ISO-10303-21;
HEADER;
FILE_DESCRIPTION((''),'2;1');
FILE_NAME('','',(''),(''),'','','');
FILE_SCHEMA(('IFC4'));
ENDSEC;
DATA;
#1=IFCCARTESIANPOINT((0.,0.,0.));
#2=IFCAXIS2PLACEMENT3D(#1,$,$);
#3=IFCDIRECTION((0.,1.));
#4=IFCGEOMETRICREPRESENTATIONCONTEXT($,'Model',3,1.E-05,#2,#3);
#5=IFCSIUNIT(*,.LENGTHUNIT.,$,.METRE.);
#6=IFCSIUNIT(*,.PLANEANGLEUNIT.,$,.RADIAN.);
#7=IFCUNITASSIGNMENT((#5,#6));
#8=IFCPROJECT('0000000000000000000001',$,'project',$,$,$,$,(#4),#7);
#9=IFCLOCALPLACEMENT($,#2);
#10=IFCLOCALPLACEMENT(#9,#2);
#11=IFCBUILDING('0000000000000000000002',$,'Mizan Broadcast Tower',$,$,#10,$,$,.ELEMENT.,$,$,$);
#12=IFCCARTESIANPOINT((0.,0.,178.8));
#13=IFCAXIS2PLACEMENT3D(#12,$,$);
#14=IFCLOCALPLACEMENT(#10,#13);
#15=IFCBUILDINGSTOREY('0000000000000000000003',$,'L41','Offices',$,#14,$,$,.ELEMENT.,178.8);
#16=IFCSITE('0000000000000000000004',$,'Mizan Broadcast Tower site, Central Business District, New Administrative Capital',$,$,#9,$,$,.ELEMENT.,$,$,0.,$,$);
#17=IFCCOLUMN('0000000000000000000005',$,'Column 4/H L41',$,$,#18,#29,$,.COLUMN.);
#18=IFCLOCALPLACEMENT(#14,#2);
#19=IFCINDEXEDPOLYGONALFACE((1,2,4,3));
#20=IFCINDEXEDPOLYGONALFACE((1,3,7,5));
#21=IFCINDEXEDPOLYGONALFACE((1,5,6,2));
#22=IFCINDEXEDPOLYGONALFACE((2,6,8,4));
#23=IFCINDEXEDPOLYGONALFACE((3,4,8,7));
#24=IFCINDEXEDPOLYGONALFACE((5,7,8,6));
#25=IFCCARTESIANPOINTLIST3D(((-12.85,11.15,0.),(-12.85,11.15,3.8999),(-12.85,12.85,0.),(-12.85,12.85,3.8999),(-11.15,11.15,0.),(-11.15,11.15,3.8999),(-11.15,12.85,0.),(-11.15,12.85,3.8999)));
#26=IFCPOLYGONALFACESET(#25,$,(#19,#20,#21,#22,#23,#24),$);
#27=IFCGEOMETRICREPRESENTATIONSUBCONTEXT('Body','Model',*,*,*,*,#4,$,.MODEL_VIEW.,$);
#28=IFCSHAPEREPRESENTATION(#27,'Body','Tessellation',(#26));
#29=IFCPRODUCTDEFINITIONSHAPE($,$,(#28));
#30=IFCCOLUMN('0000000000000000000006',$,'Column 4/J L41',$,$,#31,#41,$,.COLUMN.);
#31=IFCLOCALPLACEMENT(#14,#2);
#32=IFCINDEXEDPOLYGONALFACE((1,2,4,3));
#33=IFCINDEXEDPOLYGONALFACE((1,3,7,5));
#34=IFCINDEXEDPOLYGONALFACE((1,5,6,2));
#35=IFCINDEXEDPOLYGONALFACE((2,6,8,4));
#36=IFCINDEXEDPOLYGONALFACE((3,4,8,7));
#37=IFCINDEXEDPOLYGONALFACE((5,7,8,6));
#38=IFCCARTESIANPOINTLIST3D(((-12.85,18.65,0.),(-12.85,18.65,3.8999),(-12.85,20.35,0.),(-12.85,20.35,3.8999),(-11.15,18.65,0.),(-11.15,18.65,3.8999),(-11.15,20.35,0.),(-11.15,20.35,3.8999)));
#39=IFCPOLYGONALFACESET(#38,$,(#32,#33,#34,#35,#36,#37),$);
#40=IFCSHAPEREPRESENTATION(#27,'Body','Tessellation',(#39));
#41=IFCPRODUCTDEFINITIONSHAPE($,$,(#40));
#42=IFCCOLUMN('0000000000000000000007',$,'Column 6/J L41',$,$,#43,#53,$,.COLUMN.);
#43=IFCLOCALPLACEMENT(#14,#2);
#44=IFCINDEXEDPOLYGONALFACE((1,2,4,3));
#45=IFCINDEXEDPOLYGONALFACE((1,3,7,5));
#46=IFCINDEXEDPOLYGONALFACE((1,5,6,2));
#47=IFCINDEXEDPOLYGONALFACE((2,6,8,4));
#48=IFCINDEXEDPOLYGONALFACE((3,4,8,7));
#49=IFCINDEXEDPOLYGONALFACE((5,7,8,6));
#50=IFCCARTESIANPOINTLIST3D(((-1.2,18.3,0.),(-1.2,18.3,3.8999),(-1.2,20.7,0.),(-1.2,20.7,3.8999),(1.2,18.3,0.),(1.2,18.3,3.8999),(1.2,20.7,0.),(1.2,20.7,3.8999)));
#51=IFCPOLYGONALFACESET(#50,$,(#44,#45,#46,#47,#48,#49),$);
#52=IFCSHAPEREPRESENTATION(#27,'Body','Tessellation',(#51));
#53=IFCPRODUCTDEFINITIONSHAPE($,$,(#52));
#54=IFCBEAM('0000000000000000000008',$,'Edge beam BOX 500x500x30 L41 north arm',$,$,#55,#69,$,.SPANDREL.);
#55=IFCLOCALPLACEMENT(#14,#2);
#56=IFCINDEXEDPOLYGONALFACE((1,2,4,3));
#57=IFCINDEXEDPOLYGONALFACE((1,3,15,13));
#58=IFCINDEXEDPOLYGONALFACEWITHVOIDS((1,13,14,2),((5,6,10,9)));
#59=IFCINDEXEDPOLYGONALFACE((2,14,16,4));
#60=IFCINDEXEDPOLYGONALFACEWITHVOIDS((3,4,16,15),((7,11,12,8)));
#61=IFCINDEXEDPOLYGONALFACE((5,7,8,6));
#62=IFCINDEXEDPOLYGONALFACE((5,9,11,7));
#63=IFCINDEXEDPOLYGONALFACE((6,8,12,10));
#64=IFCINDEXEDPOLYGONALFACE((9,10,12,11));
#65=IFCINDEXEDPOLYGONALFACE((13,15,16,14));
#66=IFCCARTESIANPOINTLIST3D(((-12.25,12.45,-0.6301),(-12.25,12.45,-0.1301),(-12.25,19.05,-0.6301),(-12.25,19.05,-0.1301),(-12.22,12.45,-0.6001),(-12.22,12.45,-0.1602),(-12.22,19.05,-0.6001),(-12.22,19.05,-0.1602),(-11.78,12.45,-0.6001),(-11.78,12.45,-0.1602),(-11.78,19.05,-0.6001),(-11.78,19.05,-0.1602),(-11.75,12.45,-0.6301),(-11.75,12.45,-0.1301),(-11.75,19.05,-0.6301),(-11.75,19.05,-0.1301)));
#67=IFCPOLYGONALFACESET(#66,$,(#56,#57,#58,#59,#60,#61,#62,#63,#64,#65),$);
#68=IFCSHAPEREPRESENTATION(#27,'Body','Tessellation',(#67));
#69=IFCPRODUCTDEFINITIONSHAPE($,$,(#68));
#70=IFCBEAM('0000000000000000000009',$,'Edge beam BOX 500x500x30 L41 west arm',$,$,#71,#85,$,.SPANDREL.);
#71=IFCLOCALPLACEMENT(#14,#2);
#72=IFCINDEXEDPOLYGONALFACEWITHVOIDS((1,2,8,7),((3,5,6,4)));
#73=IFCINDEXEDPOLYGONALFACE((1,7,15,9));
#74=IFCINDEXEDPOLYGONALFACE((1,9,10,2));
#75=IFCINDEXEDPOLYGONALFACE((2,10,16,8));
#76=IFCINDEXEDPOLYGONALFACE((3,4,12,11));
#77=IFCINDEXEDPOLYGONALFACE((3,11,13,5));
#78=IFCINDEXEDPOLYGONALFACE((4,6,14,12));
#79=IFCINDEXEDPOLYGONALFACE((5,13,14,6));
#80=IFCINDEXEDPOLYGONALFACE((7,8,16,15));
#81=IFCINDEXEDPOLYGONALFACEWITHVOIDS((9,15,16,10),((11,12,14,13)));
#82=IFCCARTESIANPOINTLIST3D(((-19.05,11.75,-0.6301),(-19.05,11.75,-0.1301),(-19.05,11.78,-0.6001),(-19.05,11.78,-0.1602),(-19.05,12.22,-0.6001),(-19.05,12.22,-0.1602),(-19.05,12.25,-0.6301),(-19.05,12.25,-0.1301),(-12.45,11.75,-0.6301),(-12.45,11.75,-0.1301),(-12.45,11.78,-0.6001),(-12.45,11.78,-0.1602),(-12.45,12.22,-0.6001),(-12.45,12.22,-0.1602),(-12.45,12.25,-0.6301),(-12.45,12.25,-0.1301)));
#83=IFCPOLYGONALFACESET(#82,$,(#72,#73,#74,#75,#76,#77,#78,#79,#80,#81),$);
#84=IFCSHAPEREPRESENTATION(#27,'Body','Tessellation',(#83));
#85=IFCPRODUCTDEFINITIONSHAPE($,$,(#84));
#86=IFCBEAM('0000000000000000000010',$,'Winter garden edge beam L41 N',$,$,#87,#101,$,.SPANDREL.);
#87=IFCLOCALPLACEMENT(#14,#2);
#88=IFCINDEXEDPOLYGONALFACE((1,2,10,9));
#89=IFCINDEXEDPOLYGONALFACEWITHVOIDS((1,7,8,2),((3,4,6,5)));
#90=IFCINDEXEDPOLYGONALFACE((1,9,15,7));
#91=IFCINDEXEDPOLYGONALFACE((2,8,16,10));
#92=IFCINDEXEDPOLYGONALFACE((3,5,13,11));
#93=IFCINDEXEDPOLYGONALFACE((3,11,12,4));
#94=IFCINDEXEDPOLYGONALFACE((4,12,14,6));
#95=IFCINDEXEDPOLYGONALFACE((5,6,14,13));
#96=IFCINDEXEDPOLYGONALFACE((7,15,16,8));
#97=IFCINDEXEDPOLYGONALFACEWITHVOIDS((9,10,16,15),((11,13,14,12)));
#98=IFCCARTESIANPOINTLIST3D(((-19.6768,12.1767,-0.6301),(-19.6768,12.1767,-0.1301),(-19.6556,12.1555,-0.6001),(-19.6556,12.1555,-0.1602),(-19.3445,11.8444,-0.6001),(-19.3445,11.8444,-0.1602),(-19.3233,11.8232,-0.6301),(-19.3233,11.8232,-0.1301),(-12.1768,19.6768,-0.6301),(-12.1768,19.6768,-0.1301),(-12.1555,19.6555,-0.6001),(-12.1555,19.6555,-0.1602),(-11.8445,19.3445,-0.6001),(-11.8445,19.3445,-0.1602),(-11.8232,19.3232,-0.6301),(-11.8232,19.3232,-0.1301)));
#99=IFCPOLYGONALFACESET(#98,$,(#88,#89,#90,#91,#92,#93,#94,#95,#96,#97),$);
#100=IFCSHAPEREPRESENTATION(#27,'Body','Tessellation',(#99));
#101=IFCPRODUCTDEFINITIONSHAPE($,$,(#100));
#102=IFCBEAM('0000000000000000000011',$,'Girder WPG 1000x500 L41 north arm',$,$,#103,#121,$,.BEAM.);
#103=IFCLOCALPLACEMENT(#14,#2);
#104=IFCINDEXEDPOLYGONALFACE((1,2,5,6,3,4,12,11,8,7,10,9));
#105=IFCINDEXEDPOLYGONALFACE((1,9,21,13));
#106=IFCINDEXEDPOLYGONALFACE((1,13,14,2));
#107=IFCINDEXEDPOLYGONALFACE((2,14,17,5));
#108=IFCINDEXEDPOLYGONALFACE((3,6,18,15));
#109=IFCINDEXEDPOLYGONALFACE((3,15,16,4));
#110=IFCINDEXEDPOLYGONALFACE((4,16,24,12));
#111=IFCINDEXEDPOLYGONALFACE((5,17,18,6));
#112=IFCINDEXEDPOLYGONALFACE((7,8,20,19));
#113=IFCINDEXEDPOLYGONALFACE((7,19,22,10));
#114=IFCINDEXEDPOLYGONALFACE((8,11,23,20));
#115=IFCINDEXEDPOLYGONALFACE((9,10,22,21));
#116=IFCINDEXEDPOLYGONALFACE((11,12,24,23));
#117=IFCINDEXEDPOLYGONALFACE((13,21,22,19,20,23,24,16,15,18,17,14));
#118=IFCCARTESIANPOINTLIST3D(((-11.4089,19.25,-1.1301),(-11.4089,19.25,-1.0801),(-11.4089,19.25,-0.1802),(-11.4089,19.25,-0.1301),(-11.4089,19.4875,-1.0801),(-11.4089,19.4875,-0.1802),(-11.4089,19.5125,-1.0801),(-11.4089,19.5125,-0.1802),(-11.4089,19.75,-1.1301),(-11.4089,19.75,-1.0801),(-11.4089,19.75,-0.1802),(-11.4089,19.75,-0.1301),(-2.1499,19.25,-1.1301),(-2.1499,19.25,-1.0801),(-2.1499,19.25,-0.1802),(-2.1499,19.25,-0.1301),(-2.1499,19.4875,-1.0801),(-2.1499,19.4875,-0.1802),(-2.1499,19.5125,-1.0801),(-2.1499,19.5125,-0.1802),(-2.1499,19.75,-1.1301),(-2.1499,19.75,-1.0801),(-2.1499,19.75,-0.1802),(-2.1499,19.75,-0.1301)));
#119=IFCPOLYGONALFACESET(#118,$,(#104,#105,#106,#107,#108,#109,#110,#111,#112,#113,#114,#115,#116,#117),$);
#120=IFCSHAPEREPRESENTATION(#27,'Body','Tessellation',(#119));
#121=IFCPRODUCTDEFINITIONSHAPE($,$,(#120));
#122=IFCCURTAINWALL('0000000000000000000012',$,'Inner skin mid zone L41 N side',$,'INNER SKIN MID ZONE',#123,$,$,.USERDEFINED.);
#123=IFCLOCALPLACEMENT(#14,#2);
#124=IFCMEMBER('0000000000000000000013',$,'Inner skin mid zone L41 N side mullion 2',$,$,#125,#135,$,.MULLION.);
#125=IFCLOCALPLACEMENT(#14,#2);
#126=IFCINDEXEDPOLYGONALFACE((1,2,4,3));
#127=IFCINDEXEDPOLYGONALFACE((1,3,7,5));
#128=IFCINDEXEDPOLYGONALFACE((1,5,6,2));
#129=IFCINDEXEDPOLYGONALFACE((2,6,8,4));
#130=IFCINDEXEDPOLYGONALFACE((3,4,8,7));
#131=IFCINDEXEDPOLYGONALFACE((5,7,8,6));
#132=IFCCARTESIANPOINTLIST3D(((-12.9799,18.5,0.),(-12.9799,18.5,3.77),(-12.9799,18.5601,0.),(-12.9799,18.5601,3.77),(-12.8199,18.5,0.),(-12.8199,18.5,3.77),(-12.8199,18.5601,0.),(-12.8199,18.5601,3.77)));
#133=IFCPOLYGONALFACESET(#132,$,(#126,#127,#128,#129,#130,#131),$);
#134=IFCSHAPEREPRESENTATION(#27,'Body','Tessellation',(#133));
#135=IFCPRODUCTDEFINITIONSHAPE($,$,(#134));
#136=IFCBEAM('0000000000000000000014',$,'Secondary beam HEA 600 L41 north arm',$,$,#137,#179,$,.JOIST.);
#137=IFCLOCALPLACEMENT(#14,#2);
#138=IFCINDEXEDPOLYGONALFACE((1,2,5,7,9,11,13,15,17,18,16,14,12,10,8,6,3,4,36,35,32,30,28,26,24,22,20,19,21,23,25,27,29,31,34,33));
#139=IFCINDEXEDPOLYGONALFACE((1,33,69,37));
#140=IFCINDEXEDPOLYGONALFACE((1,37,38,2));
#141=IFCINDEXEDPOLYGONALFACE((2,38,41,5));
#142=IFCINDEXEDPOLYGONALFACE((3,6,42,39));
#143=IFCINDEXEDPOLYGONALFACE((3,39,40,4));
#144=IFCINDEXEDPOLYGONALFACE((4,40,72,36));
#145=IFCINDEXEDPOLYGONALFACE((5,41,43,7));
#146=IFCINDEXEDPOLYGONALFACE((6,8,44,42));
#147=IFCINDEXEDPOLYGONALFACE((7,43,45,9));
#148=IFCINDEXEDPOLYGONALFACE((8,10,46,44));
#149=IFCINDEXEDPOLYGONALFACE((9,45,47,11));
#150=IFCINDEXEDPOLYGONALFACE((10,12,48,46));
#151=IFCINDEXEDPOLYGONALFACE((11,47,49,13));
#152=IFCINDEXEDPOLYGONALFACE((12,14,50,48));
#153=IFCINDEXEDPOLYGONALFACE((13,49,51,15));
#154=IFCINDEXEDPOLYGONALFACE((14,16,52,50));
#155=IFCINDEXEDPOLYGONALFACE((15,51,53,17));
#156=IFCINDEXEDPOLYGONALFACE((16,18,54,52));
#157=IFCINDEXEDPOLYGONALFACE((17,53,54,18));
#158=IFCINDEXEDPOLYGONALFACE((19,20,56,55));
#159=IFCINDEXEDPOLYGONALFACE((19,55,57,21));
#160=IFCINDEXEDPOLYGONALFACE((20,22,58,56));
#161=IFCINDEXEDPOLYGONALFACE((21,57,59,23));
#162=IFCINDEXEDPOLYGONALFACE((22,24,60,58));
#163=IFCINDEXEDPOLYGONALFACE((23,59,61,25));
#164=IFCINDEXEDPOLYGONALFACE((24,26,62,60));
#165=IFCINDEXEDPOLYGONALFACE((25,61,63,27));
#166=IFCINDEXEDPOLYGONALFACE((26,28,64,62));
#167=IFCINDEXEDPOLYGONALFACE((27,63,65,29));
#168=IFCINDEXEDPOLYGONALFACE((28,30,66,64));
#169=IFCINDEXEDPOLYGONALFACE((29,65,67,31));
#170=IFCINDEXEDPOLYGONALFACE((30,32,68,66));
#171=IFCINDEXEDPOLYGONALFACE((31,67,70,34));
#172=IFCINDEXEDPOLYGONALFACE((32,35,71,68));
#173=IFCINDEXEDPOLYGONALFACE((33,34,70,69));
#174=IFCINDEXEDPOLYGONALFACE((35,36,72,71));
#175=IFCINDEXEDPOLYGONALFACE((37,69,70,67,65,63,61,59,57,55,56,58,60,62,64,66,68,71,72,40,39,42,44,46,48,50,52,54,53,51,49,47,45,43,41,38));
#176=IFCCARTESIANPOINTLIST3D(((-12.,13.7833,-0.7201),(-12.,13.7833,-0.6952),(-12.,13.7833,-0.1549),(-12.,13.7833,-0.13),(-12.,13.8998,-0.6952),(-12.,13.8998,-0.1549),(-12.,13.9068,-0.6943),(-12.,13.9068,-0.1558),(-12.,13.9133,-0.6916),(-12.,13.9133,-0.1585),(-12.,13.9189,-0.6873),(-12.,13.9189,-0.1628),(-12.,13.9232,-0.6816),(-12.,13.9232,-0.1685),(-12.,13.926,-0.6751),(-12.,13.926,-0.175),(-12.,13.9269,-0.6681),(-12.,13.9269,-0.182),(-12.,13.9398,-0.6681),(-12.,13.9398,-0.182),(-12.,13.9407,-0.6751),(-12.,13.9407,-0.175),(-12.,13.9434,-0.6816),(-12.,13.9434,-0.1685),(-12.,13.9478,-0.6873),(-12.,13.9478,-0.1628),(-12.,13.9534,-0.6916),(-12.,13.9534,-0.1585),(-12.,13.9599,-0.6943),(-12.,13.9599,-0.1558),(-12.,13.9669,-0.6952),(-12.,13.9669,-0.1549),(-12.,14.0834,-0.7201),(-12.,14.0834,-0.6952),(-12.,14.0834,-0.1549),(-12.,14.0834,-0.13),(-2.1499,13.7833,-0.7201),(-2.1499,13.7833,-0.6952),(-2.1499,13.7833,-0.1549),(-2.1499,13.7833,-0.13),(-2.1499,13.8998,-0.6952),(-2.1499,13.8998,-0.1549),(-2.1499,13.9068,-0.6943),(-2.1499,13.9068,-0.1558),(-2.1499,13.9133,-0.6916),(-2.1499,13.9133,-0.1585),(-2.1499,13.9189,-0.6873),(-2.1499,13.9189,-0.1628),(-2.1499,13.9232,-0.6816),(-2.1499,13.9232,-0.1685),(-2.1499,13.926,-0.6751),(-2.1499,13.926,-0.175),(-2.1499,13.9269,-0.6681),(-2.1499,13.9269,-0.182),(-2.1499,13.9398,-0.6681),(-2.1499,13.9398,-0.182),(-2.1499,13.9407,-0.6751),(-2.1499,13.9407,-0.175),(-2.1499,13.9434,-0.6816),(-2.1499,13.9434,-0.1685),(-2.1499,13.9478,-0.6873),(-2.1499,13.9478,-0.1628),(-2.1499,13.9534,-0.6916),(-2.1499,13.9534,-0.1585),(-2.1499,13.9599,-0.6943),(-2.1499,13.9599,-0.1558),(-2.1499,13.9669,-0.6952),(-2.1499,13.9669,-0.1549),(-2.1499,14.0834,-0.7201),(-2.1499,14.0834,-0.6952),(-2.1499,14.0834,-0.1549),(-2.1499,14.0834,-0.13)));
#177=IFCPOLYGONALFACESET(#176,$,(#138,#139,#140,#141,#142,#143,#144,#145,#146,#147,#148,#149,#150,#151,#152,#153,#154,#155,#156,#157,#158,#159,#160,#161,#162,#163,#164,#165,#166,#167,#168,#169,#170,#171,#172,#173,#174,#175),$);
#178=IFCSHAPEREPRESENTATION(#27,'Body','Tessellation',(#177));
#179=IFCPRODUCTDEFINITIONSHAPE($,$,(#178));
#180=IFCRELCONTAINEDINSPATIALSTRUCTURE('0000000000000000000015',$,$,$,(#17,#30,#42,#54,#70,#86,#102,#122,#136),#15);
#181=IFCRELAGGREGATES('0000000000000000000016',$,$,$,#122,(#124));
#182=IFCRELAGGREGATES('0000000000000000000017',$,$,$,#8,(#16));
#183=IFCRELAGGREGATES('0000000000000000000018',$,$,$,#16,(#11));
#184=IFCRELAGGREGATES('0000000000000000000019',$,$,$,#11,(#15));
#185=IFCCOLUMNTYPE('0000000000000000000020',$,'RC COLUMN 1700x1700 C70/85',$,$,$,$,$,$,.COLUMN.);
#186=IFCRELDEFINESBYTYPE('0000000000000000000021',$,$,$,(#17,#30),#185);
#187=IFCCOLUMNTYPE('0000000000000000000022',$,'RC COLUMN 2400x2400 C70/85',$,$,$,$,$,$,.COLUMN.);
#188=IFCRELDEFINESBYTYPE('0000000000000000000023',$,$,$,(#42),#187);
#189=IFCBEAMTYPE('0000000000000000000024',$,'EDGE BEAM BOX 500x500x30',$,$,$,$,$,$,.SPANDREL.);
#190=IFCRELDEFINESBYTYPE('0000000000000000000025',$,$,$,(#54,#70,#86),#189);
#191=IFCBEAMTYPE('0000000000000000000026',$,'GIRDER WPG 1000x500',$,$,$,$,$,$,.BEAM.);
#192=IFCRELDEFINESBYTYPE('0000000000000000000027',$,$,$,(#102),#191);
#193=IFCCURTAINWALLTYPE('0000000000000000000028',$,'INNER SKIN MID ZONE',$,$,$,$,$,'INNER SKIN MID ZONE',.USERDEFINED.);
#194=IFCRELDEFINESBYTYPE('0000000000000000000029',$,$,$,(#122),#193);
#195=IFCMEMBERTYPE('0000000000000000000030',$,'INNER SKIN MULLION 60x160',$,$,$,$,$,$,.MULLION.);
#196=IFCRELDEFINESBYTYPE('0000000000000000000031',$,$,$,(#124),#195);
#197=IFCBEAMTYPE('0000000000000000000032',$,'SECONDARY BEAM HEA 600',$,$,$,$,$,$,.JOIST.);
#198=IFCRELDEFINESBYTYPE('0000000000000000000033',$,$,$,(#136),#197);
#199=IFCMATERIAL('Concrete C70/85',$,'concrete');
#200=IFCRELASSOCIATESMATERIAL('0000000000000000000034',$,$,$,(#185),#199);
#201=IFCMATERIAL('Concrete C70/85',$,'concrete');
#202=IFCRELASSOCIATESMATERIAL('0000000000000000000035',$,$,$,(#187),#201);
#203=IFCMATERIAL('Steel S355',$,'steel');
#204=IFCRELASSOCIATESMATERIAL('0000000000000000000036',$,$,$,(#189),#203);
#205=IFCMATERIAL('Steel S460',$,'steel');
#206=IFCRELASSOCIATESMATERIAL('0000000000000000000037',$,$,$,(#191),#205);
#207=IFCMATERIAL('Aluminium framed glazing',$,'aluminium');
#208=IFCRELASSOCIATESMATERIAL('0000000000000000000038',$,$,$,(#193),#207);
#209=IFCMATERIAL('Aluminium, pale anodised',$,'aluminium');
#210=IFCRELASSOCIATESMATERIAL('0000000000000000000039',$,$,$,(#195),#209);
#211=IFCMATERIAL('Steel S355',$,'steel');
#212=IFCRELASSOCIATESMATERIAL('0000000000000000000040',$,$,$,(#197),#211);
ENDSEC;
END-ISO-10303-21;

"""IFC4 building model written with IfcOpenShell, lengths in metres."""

from ifc_helpers import new_model, si_unit, direction, frame, origin, origin_2d, place, context, subcontext, project, spatial, rectangle, hollow_rectangle, i_section, extrude, material, material_profile, profile_set, type_object, element, aggregate, save


model = new_model("IFC4")

# Units and contexts
model_context = context("Model", 3, precision=1e-05, world=origin(), true_north=direction((0.0, 1.0)))
body_context = subcontext(model_context, "Body", "Model", "MODEL_VIEW")
ifc_project = project(units=[si_unit("LENGTHUNIT", "METRE"), si_unit("PLANEANGLEUNIT", "RADIAN")], contexts=[model_context])

# Site, building, storey
site_placement = place(None, origin())
site = spatial("IfcSite", under=ifc_project, at=site_placement, Name="Mizan Broadcast Tower site, Central Business District, New Administrative Capital", CompositionType="ELEMENT", RefElevation=0.0)
building_placement = place(site_placement, origin())
building = spatial("IfcBuilding", under=site, at=building_placement, Name="Mizan Broadcast Tower", CompositionType="ELEMENT")
storey_placement = place(building_placement, frame((0.0, 0.0, 178.8)))
storey = spatial("IfcBuildingStorey", under=building, at=storey_placement, Name="L41", Description="Offices", CompositionType="ELEMENT", Elevation=178.8)

# Columns
ifc_material_1 = material(Name="Concrete C70/85", Category="concrete")
ifc_material_profile_1 = material_profile(ifc_material_1, rectangle(XDim=1.7, YDim=1.7, at=origin_2d()), Name="RC 1700x1700")
ifc_profile_set_1 = profile_set([ifc_material_profile_1], Name="Concrete C70/85")
column_type_1 = type_object("IfcColumnType", Name="RC COLUMN 1700x1700 C70/85", PredefinedType="COLUMN", material=ifc_profile_set_1)
for number, where, z_axis, x_axis, name in (
    (1, (-12.0, 12.0, 0.0), (0.0, 0.0, 1.0), (1.0, 0.0, 0.0), "Column 4/H L41"),
    (2, (-12.0, 19.5, 0.0), (0.0, 0.0, 1.0), (1.0, 0.0, 0.0), "Column 4/J L41"),
):
    element("IfcColumn", number, at=place(storey_placement, frame(where, z_axis=z_axis, x_axis=x_axis)), inside=storey, type_object=column_type_1, Name=name, PredefinedType="COLUMN", context=body_context, shape_type="SweptSolid", body=[
        extrude(rectangle(XDim=1.7, YDim=1.7, at=origin_2d()), origin(), (0.0, 0.0, 1.0), 3.8999),
    ])
ifc_material_2 = material(Name="Concrete C70/85", Category="concrete")
ifc_material_profile_2 = material_profile(ifc_material_2, rectangle(XDim=2.3999, YDim=2.3999, at=origin_2d()), Name="RC 2400x2400")
ifc_profile_set_2 = profile_set([ifc_material_profile_2], Name="Concrete C70/85")
column_type_2 = type_object("IfcColumnType", Name="RC COLUMN 2400x2400 C70/85", PredefinedType="COLUMN", material=ifc_profile_set_2)
column_placement = place(storey_placement, frame((0.0, 19.5, 0.0), z_axis=(0.0, 0.0, 1.0), x_axis=(1.0, 0.0, 0.0)))
element("IfcColumn", 3, at=column_placement, inside=storey, type_object=column_type_2, Name="Column 6/J L41", PredefinedType="COLUMN", context=body_context, shape_type="SweptSolid", body=[
    extrude(rectangle(XDim=2.3999, YDim=2.3999, at=origin_2d()), origin(), (0.0, 0.0, 1.0), 3.8999),
])

# Beams
ifc_material_3 = material(Name="Steel S355", Category="steel")
ifc_material_profile_3 = material_profile(ifc_material_3, hollow_rectangle(XDim=0.5, YDim=0.5, WallThickness=0.03, at=origin_2d()), Name="BOX 500x500x30")
ifc_profile_set_3 = profile_set([ifc_material_profile_3], Name="Steel S355")
beam_type_1 = type_object("IfcBeamType", Name="EDGE BEAM BOX 500x500x30", PredefinedType="SPANDREL", material=ifc_profile_set_3)
for number, where, z_axis, x_axis, name in (
    (4, (-12.0, 12.45, -0.3801), (0.0, 1.0, 0.0), (-1.0, 0.0, 0.0), "Edge beam BOX 500x500x30 L41 north arm"),
    (5, (-12.45, 12.0, -0.3801), (-1.0, 0.0, 0.0), (0.0, -1.0, 0.0), "Edge beam BOX 500x500x30 L41 west arm"),
):
    element("IfcBeam", number, at=place(storey_placement, frame(where, z_axis=z_axis, x_axis=x_axis)), inside=storey, type_object=beam_type_1, Name=name, PredefinedType="SPANDREL", context=body_context, shape_type="SweptSolid", body=[
        extrude(hollow_rectangle(XDim=0.5, YDim=0.5, WallThickness=0.03, at=origin_2d()), origin(), (0.0, 0.0, 1.0), 6.6001),
    ])
beam_1_placement = place(storey_placement, frame((-12.0, 19.5, -0.3801), z_axis=(-0.707107, -0.707107, 0.0), x_axis=(0.707107, -0.707107, 0.0)))
element("IfcBeam", 6, at=beam_1_placement, inside=storey, type_object=beam_type_1, Name="Winter garden edge beam L41 N", PredefinedType="SPANDREL", context=body_context, shape_type="SweptSolid", body=[
    extrude(hollow_rectangle(XDim=0.5, YDim=0.5, WallThickness=0.03, at=origin_2d()), origin(), (0.0, 0.0, 1.0), 10.6067),
])
ifc_material_4 = material(Name="Steel S460", Category="steel")
ifc_material_profile_4 = material_profile(ifc_material_4, i_section(OverallWidth=0.5, OverallDepth=1.0, WebThickness=0.0249, FlangeThickness=0.05, at=origin_2d()), Name="WPG 1000x500")
ifc_profile_set_4 = profile_set([ifc_material_profile_4], Name="Steel S460")
beam_type_2 = type_object("IfcBeamType", Name="GIRDER WPG 1000x500", PredefinedType="BEAM", material=ifc_profile_set_4)
beam_2_placement = place(storey_placement, frame((-11.4089, 19.5, -0.6301), z_axis=(1.0, 0.0, 0.0), x_axis=(0.0, 1.0, 0.0)))
element("IfcBeam", 7, at=beam_2_placement, inside=storey, type_object=beam_type_2, Name="Girder WPG 1000x500 L41 north arm", PredefinedType="BEAM", context=body_context, shape_type="SweptSolid", body=[
    extrude(i_section(OverallWidth=0.5, OverallDepth=1.0, WebThickness=0.0249, FlangeThickness=0.05, at=origin_2d()), origin(), (0.0, 0.0, 1.0), 9.259),
])

# Curtain wall, member
ifc_material_5 = material(Name="Aluminium framed glazing", Category="aluminium")
curtain_wall_type = type_object("IfcCurtainWallType", Name="INNER SKIN MID ZONE", ElementType="INNER SKIN MID ZONE", PredefinedType="USERDEFINED", material=ifc_material_5)
curtain_wall_placement = place(storey_placement, origin())
curtain_wall = element("IfcCurtainWall", 8, at=curtain_wall_placement, inside=storey, type_object=curtain_wall_type, Name="Inner skin mid zone L41 N side", ObjectType="INNER SKIN MID ZONE", PredefinedType="USERDEFINED")
ifc_material_6 = material(Name="Aluminium, pale anodised", Category="aluminium")
ifc_material_profile_5 = material_profile(ifc_material_6, rectangle(XDim=0.1599, YDim=0.0601, at=origin_2d()), Name="MULLION 160x60")
ifc_profile_set_5 = profile_set([ifc_material_profile_5], Name="Aluminium, pale anodised")
member_type = type_object("IfcMemberType", Name="INNER SKIN MULLION 60x160", PredefinedType="MULLION", material=ifc_profile_set_5)
member_placement = place(storey_placement, frame((-12.8999, 18.53, 0.0), z_axis=(0.0, 0.0, 1.0), x_axis=(1.0, 0.0, 0.0)))
member = element("IfcMember", 9, at=member_placement, type_object=member_type, Name="Inner skin mid zone L41 N side mullion 2", PredefinedType="MULLION", context=body_context, shape_type="SweptSolid", body=[
    extrude(rectangle(XDim=0.1599, YDim=0.0601, at=origin_2d()), origin(), (0.0, 0.0, 1.0), 3.77),
])
aggregate(curtain_wall, [member])

# Beam
ifc_material_7 = material(Name="Steel S355", Category="steel")
ifc_material_profile_6 = material_profile(ifc_material_7, i_section(OverallWidth=0.3, OverallDepth=0.5901, WebThickness=0.0129, FlangeThickness=0.0249, FilletRadius=0.0271, at=origin_2d()), Name="HEA 600")
ifc_profile_set_6 = profile_set([ifc_material_profile_6], Name="Steel S355")
beam_type_3 = type_object("IfcBeamType", Name="SECONDARY BEAM HEA 600", PredefinedType="JOIST", material=ifc_profile_set_6)
for number, where, z_axis, x_axis, name in (
    (10, (-12.0, 13.9333, -0.425), (1.0, 0.0, 0.0), (0.0, 1.0, 0.0), "Secondary beam HEA 600 L41 north arm"),
):
    element("IfcBeam", number, at=place(storey_placement, frame(where, z_axis=z_axis, x_axis=x_axis)), inside=storey, type_object=beam_type_3, Name=name, PredefinedType="JOIST", context=body_context, shape_type="SweptSolid", body=[
        extrude(i_section(OverallWidth=0.3, OverallDepth=0.5901, WebThickness=0.0129, FlangeThickness=0.0249, FilletRadius=0.0271, at=origin_2d()), origin(), (0.0, 0.0, 1.0), 9.8501),
    ])

save(model, "model.ifc")
